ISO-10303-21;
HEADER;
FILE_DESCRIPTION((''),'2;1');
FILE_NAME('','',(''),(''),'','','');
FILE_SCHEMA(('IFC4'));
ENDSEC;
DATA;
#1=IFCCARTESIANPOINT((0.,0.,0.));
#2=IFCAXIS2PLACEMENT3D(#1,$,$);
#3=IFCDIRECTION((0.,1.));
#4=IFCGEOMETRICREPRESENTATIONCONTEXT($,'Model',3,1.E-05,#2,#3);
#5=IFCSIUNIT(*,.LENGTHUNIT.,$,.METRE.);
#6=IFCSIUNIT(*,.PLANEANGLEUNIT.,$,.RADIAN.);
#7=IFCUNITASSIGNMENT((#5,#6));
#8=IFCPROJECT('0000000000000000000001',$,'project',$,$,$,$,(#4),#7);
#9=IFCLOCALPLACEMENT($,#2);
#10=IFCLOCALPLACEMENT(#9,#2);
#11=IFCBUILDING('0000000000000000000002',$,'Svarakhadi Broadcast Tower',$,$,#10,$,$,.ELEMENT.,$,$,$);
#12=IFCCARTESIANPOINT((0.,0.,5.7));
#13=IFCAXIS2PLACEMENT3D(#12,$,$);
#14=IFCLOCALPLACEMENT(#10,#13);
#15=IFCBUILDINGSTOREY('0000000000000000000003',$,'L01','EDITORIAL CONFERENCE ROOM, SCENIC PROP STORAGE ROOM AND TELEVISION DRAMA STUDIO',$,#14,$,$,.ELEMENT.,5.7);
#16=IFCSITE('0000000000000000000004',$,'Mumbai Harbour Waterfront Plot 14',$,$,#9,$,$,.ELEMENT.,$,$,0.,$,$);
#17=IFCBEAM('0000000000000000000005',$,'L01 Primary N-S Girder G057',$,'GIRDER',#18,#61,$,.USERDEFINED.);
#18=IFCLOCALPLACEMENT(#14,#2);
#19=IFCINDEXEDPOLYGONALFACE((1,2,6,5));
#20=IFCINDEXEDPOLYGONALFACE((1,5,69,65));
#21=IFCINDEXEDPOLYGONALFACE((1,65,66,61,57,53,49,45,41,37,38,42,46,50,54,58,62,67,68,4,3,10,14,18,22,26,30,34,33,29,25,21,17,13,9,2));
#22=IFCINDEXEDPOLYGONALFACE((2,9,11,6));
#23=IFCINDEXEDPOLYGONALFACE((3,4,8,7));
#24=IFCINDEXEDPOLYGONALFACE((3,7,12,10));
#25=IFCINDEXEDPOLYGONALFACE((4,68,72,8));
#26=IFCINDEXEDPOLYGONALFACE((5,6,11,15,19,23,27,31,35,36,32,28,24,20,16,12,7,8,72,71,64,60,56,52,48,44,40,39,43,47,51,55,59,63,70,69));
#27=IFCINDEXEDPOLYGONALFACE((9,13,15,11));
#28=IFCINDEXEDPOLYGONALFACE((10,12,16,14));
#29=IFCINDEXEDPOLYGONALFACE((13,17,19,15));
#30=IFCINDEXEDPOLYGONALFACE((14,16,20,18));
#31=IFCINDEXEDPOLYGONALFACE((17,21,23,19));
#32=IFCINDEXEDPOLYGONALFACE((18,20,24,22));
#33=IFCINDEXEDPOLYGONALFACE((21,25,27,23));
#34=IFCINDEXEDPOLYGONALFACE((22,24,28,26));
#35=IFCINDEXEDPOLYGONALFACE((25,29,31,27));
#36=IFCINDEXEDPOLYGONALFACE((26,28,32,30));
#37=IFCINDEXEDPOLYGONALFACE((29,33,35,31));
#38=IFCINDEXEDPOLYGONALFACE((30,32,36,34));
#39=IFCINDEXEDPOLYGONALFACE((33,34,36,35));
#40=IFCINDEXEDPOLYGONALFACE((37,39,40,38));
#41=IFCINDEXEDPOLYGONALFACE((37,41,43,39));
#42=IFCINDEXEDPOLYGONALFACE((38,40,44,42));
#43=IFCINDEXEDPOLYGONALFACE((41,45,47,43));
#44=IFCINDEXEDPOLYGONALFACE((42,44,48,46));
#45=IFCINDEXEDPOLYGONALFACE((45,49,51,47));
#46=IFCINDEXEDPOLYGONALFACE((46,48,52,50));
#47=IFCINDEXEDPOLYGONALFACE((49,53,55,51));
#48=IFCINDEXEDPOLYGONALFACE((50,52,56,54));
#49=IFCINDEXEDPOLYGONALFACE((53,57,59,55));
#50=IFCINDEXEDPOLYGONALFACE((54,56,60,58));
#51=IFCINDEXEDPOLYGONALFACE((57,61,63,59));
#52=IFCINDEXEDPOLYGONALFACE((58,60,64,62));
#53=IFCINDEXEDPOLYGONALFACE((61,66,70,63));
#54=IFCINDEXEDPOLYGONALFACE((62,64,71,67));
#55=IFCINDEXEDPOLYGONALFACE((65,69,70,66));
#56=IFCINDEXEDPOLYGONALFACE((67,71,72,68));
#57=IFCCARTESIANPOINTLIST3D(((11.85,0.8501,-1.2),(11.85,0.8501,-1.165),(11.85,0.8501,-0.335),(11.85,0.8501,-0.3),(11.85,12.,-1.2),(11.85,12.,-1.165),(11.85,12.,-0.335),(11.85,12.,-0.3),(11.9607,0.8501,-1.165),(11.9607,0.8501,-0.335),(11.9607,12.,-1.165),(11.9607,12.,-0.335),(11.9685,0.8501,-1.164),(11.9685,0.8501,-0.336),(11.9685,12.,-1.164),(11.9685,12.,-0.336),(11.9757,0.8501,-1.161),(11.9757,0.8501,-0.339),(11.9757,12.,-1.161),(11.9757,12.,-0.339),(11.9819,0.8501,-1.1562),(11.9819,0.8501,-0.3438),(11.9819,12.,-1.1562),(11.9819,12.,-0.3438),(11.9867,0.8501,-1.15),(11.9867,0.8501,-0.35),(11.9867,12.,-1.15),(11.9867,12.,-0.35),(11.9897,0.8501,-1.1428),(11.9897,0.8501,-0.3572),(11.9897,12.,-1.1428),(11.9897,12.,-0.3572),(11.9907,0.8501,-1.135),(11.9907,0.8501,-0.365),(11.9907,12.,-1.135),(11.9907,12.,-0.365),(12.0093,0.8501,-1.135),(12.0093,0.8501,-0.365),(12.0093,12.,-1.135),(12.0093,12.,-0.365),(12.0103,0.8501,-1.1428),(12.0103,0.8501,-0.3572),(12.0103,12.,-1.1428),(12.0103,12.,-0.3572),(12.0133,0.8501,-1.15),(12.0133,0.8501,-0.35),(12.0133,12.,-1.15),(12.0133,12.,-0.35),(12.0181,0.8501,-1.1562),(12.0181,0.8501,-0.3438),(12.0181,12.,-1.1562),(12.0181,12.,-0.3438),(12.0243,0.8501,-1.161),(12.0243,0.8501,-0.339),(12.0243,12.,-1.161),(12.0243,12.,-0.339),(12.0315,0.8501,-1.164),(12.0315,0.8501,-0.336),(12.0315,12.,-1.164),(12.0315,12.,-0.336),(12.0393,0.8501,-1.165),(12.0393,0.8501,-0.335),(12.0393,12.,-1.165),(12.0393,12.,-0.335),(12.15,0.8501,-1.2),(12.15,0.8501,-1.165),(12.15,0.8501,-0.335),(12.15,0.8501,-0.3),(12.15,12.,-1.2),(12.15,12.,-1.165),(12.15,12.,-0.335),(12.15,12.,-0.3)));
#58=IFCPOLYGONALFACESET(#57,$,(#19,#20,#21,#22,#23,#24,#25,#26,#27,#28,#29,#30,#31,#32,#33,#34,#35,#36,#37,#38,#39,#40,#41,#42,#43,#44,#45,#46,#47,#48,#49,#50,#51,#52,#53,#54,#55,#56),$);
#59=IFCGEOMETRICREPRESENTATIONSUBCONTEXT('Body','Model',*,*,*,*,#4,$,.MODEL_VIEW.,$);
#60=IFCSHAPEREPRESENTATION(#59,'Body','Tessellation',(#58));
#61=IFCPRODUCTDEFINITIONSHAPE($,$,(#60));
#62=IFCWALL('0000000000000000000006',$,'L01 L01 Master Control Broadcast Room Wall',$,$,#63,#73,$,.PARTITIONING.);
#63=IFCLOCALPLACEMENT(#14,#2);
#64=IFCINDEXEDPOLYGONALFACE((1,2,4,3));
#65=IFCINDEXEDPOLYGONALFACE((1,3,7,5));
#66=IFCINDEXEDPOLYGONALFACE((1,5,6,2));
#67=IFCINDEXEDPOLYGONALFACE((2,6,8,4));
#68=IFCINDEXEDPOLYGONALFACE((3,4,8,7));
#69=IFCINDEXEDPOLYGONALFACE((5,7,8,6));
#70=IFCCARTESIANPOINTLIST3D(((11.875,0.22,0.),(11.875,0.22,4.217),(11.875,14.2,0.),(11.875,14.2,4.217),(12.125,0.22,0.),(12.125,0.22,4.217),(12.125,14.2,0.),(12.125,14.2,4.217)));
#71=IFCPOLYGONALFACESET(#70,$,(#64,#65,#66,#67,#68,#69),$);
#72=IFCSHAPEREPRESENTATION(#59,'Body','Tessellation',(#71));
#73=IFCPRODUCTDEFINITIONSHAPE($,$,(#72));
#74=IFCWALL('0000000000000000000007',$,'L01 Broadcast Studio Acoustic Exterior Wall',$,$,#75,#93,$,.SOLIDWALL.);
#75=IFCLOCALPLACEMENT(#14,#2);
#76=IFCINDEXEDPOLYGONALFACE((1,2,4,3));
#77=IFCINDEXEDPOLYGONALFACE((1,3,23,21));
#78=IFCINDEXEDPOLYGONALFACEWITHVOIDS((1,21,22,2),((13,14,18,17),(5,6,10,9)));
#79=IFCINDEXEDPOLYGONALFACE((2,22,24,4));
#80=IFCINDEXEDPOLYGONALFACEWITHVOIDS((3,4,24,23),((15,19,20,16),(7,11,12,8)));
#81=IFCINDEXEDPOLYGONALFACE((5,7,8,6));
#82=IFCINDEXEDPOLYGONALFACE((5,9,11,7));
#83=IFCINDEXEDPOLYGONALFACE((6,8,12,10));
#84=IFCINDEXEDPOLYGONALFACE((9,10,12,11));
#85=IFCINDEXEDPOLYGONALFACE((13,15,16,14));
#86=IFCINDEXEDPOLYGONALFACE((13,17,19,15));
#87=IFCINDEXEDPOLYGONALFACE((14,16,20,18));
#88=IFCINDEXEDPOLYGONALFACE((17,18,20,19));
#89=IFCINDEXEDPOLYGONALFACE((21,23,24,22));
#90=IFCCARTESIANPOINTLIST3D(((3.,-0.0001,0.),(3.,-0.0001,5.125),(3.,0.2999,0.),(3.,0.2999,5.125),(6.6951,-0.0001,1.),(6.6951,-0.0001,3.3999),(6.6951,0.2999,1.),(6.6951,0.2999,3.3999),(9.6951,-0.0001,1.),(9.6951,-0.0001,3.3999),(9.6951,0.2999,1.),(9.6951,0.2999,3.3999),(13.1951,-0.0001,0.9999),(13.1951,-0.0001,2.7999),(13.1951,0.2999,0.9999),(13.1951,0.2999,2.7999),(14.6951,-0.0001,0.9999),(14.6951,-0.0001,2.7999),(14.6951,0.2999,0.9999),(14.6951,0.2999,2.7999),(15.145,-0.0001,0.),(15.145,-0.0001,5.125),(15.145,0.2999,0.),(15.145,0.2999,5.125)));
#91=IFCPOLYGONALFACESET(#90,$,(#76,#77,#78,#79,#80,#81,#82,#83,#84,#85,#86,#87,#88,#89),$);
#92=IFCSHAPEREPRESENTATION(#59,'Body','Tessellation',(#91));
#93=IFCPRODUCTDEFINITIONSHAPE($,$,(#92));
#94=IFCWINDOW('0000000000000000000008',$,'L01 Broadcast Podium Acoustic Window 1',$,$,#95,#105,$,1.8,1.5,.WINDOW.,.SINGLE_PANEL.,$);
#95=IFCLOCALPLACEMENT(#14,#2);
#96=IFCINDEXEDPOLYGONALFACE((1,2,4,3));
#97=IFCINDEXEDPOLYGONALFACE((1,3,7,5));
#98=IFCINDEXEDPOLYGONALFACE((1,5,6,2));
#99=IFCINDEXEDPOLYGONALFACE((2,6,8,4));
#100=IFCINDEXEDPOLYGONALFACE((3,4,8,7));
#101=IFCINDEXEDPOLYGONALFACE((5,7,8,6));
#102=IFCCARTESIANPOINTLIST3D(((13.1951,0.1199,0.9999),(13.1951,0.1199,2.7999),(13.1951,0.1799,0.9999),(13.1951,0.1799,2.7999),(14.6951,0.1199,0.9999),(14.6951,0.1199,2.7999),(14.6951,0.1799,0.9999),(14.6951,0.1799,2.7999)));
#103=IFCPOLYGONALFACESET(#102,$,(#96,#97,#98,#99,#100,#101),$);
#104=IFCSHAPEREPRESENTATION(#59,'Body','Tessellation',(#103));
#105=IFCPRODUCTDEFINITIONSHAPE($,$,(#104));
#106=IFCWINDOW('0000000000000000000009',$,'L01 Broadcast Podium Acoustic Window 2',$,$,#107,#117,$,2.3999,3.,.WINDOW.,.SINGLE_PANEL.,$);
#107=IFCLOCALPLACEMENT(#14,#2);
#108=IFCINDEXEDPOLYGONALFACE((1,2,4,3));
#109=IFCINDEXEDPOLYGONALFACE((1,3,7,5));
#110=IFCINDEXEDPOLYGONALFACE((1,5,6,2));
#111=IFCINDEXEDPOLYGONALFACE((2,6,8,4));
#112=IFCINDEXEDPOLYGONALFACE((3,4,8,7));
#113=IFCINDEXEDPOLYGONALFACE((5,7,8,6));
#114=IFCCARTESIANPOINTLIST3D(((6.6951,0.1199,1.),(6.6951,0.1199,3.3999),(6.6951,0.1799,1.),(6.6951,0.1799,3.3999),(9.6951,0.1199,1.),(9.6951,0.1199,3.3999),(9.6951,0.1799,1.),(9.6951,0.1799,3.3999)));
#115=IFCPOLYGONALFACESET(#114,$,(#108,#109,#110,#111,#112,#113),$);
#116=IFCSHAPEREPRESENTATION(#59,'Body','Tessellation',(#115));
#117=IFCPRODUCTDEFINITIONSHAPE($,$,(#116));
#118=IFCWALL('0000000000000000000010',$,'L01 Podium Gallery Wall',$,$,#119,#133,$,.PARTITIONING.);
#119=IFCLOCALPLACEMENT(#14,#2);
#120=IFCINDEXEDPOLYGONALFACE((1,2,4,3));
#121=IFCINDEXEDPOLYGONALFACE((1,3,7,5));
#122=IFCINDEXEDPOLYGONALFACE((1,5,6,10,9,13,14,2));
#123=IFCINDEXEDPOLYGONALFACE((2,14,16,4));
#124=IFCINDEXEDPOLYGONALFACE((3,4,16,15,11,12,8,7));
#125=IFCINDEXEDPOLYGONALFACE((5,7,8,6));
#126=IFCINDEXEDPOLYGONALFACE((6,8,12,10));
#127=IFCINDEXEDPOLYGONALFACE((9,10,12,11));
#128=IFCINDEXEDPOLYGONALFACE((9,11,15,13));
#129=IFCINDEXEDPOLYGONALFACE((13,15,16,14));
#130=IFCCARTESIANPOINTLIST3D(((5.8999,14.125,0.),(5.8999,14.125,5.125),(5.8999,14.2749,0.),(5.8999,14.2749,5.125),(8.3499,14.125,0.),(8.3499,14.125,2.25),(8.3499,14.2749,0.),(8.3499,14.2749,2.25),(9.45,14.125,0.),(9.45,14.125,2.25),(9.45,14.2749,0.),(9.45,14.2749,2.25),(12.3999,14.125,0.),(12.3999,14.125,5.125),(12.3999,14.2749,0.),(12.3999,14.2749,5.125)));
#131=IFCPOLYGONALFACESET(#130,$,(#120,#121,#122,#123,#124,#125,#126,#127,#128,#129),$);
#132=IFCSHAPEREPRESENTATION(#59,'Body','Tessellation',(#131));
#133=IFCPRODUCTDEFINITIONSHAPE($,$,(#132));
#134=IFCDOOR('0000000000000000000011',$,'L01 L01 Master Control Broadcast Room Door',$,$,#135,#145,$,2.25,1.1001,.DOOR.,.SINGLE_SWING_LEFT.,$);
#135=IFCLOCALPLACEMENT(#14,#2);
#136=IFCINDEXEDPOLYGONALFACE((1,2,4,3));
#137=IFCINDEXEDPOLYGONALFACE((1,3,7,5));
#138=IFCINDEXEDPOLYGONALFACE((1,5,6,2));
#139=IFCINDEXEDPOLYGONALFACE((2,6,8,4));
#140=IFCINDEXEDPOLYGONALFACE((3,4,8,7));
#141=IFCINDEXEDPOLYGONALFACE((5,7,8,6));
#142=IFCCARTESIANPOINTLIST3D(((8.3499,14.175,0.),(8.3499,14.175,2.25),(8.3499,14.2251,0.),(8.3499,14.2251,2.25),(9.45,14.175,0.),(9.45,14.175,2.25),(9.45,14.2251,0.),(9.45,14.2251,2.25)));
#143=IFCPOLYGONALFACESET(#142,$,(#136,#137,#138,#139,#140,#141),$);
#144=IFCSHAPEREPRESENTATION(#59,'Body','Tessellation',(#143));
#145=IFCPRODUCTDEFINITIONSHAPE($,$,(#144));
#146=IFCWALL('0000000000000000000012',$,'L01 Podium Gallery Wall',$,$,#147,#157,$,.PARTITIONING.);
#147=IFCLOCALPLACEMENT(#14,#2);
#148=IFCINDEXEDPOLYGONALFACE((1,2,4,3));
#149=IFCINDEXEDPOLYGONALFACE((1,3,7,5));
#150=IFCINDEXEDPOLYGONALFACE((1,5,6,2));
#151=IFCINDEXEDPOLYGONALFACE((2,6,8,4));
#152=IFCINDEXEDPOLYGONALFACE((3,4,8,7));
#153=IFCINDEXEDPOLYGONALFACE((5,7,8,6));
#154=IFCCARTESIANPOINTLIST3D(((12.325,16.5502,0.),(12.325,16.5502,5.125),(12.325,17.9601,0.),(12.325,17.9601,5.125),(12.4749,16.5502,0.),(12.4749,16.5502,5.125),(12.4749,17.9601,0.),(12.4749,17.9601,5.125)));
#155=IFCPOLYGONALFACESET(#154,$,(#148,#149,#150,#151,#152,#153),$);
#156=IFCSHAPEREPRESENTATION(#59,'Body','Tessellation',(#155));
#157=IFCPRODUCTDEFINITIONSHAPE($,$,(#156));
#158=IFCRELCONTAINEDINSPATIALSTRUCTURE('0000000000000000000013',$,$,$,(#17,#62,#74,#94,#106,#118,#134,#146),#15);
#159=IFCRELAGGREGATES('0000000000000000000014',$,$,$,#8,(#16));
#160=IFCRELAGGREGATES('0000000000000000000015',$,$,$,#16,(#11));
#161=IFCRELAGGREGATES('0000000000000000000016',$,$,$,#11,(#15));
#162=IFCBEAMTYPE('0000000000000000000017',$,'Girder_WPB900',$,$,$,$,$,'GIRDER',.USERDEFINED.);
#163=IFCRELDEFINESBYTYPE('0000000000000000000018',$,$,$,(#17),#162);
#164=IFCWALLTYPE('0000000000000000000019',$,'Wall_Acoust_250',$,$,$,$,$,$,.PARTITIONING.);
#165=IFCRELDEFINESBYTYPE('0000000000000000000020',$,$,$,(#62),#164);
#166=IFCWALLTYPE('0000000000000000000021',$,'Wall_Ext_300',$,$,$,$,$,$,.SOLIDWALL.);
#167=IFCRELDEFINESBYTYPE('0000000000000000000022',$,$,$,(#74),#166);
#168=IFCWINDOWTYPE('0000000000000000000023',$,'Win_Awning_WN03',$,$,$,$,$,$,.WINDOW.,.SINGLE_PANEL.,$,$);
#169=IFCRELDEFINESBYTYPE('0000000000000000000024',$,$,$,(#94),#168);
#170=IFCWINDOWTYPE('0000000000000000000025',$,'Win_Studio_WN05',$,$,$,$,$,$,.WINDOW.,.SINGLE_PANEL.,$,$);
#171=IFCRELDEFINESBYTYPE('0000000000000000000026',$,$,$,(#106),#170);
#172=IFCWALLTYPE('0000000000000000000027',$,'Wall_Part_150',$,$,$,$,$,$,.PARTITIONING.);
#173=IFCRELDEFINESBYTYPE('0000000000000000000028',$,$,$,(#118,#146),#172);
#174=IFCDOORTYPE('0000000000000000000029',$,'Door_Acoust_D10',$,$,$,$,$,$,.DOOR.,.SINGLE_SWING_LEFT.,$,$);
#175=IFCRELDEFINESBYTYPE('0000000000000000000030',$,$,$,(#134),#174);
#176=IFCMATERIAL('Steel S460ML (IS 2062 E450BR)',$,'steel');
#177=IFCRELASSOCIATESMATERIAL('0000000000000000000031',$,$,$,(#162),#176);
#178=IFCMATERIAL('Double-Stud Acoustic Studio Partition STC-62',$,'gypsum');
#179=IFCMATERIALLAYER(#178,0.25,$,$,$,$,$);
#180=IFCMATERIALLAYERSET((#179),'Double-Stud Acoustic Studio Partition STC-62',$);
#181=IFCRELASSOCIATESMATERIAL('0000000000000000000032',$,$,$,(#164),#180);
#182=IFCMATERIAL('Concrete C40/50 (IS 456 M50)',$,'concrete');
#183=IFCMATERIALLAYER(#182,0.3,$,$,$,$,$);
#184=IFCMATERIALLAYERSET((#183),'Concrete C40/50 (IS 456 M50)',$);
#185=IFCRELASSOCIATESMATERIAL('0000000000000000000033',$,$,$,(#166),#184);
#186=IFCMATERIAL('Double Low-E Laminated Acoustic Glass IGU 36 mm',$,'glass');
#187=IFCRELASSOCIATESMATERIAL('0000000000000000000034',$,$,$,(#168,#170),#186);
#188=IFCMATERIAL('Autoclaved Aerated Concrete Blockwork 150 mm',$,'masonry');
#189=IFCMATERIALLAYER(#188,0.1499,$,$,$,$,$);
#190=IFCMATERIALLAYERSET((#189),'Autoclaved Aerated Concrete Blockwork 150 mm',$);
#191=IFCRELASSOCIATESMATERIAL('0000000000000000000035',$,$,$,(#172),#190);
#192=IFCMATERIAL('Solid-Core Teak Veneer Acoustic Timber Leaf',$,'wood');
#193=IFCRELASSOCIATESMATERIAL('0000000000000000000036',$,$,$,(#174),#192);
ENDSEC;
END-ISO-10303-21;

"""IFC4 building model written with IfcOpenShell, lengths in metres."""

from ifc_helpers import new_model, si_unit, direction, frame, frame_2d, origin, origin_2d, place, context, subcontext, project, spatial, rectangle, i_section, extrude, material, layer, layer_set, material_profile, profile_set, type_object, element, fill, save


model = new_model("IFC4")

# Units and contexts
model_context = context("Model", 3, precision=1e-05, world=origin(), true_north=direction((0.0, 1.0)))
body_context = subcontext(model_context, "Body", "Model", "MODEL_VIEW")
ifc_project = project(units=[si_unit("LENGTHUNIT", "METRE"), si_unit("PLANEANGLEUNIT", "RADIAN")], contexts=[model_context])

# Site, building, storey
site_placement = place(None, origin())
site = spatial("IfcSite", under=ifc_project, at=site_placement, Name="Mumbai Harbour Waterfront Plot 14", CompositionType="ELEMENT", RefElevation=0.0)
building_placement = place(site_placement, origin())
building = spatial("IfcBuilding", under=site, at=building_placement, Name="Svarakhadi Broadcast Tower", CompositionType="ELEMENT")
storey_placement = place(building_placement, frame((0.0, 0.0, 5.7)))
storey = spatial("IfcBuildingStorey", under=building, at=storey_placement, Name="L01", Description="EDITORIAL CONFERENCE ROOM, SCENIC PROP STORAGE ROOM AND TELEVISION DRAMA STUDIO", CompositionType="ELEMENT", Elevation=5.7)

# Shared definitions
ifc_material_1 = material(Name="Steel S460ML (IS 2062 E450BR)", Category="steel")

# Beam
ifc_material_profile_1 = material_profile(ifc_material_1, i_section(OverallWidth=0.3, OverallDepth=0.8999, WebThickness=0.0186, FlangeThickness=0.0349, FilletRadius=0.03, at=origin_2d()), Name="WPB 900x300x291")
ifc_profile_set_1 = profile_set([ifc_material_profile_1], Name="Steel S460ML (IS 2062 E450BR)")
beam_type_1 = type_object("IfcBeamType", Name="Girder_WPB900", ElementType="GIRDER", PredefinedType="USERDEFINED", material=ifc_profile_set_1)
beam_1_placement = place(storey_placement, frame((12.0, 0.8501, -0.75), z_axis=(0.0, 1.0, 0.0), x_axis=(-1.0, 0.0, 0.0)))
element("IfcBeam", 1, at=beam_1_placement, inside=storey, type_object=beam_type_1, Name="L01 Primary N-S Girder G057", ObjectType="GIRDER", PredefinedType="USERDEFINED", context=body_context, shape_type="SweptSolid", body=[
    extrude(i_section(OverallWidth=0.3, OverallDepth=0.8999, WebThickness=0.0186, FlangeThickness=0.0349, FilletRadius=0.03, at=origin_2d()), origin(), (0.0, 0.0, 1.0), 11.1499),
])

# Wall
ifc_material_2 = material(Name="Double-Stud Acoustic Studio Partition STC-62", Category="gypsum")
ifc_layer_1 = layer(ifc_material_2, 0.25)
ifc_layer_set_1 = layer_set([ifc_layer_1], Name="Double-Stud Acoustic Studio Partition STC-62")
wall_type_1 = type_object("IfcWallType", Name="Wall_Acoust_250", PredefinedType="PARTITIONING", material=ifc_layer_set_1)
wall_1_placement = place(storey_placement, frame((12.0, 0.22, 0.0), z_axis=(0.0, 0.0, 1.0), x_axis=(0.0, 1.0, 0.0)))
element("IfcWall", 2, at=wall_1_placement, inside=storey, type_object=wall_type_1, Name="L01 L01 Master Control Broadcast Room Wall", PredefinedType="PARTITIONING", context=body_context, shape_type="SweptSolid", body=[
    extrude(rectangle(XDim=13.98, YDim=0.25, at=frame_2d((6.99, 0.0))), origin(), (0.0, 0.0, 1.0), 4.217),
])

# Wall, openings, windows
ifc_material_3 = material(Name="Concrete C40/50 (IS 456 M50)", Category="concrete")
ifc_layer_2 = layer(ifc_material_3, 0.3)
ifc_layer_set_2 = layer_set([ifc_layer_2], Name="Concrete C40/50 (IS 456 M50)")
wall_type_2 = type_object("IfcWallType", Name="Wall_Ext_300", PredefinedType="SOLIDWALL", material=ifc_layer_set_2)
wall_2_placement = place(storey_placement, frame((15.145, 0.1499, 0.0), z_axis=(0.0, 0.0, 1.0), x_axis=(-1.0, 0.0, 0.0)))
wall_2 = element("IfcWall", 3, at=wall_2_placement, inside=storey, type_object=wall_type_2, Name="L01 Broadcast Studio Acoustic Exterior Wall", PredefinedType="SOLIDWALL", context=body_context, shape_type="SweptSolid", body=[
    extrude(rectangle(XDim=12.145, YDim=0.3, at=frame_2d((6.0725, 0.0))), origin(), (0.0, 0.0, 1.0), 5.125),
])
opening_1_placement = place(wall_2_placement, frame((0.45, 0.0, 1.0)))
opening_1 = element("IfcOpeningElement", 4, at=opening_1_placement, cuts=wall_2, PredefinedType="OPENING", context=body_context, shape_type="SweptSolid", body=[
    extrude(rectangle(XDim=1.5, YDim=1.8, at=frame_2d((0.75, 0.8999))), frame((0.0, 0.1599, 0.0), z_axis=(0.0, -1.0, 0.0), x_axis=(1.0, 0.0, 0.0)), (0.0, 0.0, 1.0), 0.3201),
])
opening_2_placement = place(wall_2_placement, frame((5.45, 0.0, 1.0)))
opening_2 = element("IfcOpeningElement", 5, at=opening_2_placement, cuts=wall_2, PredefinedType="OPENING", context=body_context, shape_type="SweptSolid", body=[
    extrude(rectangle(XDim=3.0, YDim=2.3999, at=frame_2d((1.5, 1.2))), frame((0.0, 0.1599, 0.0), z_axis=(0.0, -1.0, 0.0), x_axis=(1.0, 0.0, 0.0)), (0.0, 0.0, 1.0), 0.3201),
])
ifc_material_4 = material(Name="Double Low-E Laminated Acoustic Glass IGU 36 mm", Category="glass")
window_type_1 = type_object("IfcWindowType", Name="Win_Awning_WN03", PartitioningType="SINGLE_PANEL", PredefinedType="WINDOW", material=ifc_material_4)
window_1_placement = place(opening_1_placement, origin())
window_1 = element("IfcWindow", 6, at=window_1_placement, inside=storey, type_object=window_type_1, Name="L01 Broadcast Podium Acoustic Window 1", OverallHeight=1.8, OverallWidth=1.5, PartitioningType="SINGLE_PANEL", PredefinedType="WINDOW", context=body_context, shape_type="SweptSolid", body=[
    extrude(rectangle(XDim=1.5, YDim=1.8, at=frame_2d((0.75, 0.8999))), frame((0.0, 0.03, 0.0), z_axis=(0.0, -1.0, 0.0), x_axis=(1.0, 0.0, 0.0)), (0.0, 0.0, 1.0), 0.0601),
])
fill(opening_1, window_1)
window_type_2 = type_object("IfcWindowType", Name="Win_Studio_WN05", PartitioningType="SINGLE_PANEL", PredefinedType="WINDOW", material=ifc_material_4)
window_2_placement = place(opening_2_placement, origin())
window_2 = element("IfcWindow", 7, at=window_2_placement, inside=storey, type_object=window_type_2, Name="L01 Broadcast Podium Acoustic Window 2", OverallHeight=2.3999, OverallWidth=3.0, PartitioningType="SINGLE_PANEL", PredefinedType="WINDOW", context=body_context, shape_type="SweptSolid", body=[
    extrude(rectangle(XDim=3.0, YDim=2.3999, at=frame_2d((1.5, 1.2))), frame((0.0, 0.03, 0.0), z_axis=(0.0, -1.0, 0.0), x_axis=(1.0, 0.0, 0.0)), (0.0, 0.0, 1.0), 0.0601),
])
fill(opening_2, window_2)

# Wall, opening, door
ifc_material_5 = material(Name="Autoclaved Aerated Concrete Blockwork 150 mm", Category="masonry")
ifc_layer_3 = layer(ifc_material_5, 0.1499)
ifc_layer_set_3 = layer_set([ifc_layer_3], Name="Autoclaved Aerated Concrete Blockwork 150 mm")
wall_type_3 = type_object("IfcWallType", Name="Wall_Part_150", PredefinedType="PARTITIONING", material=ifc_layer_set_3)
wall_3_placement = place(storey_placement, frame((12.3999, 14.2, 0.0), z_axis=(0.0, 0.0, 1.0), x_axis=(-1.0, 0.0, 0.0)))
wall_3 = element("IfcWall", 8, at=wall_3_placement, inside=storey, type_object=wall_type_3, Name="L01 Podium Gallery Wall", PredefinedType="PARTITIONING", context=body_context, shape_type="SweptSolid", body=[
    extrude(rectangle(XDim=6.5, YDim=0.1499, at=frame_2d((3.25, 0.0))), origin(), (0.0, 0.0, 1.0), 5.125),
])
opening_3_placement = place(wall_3_placement, frame((2.95, 0.0, 0.0)))
opening_3 = element("IfcOpeningElement", 9, at=opening_3_placement, cuts=wall_3, PredefinedType="OPENING", context=body_context, shape_type="SweptSolid", body=[
    extrude(rectangle(XDim=1.1001, YDim=2.25, at=frame_2d((0.55, 1.125))), frame((0.0, 0.085, 0.0), z_axis=(0.0, -1.0, 0.0), x_axis=(1.0, 0.0, 0.0)), (0.0, 0.0, 1.0), 0.1699),
])
ifc_material_6 = material(Name="Solid-Core Teak Veneer Acoustic Timber Leaf", Category="wood")
door_type_1 = type_object("IfcDoorType", Name="Door_Acoust_D10", OperationType="SINGLE_SWING_LEFT", PredefinedType="DOOR", material=ifc_material_6)
door_1_placement = place(opening_3_placement, origin())
door_1 = element("IfcDoor", 10, at=door_1_placement, inside=storey, type_object=door_type_1, Name="L01 L01 Master Control Broadcast Room Door", OperationType="SINGLE_SWING_LEFT", OverallHeight=2.25, OverallWidth=1.1001, PredefinedType="DOOR", context=body_context, shape_type="SweptSolid", body=[
    extrude(rectangle(XDim=1.1001, YDim=2.25, at=frame_2d((0.55, 1.125))), frame((0.0, 0.0249, 0.0), z_axis=(0.0, -1.0, 0.0), x_axis=(1.0, 0.0, 0.0)), (0.0, 0.0, 1.0), 0.05),
])
fill(opening_3, door_1)

# Wall
wall_4_placement = place(storey_placement, frame((12.3999, 16.55, 0.0), z_axis=(0.0, 0.0, 1.0), x_axis=(0.0, 1.0, 0.0)))
element("IfcWall", 11, at=wall_4_placement, inside=storey, type_object=wall_type_3, Name="L01 Podium Gallery Wall", PredefinedType="PARTITIONING", context=body_context, shape_type="SweptSolid", body=[
    extrude(rectangle(XDim=1.4099, YDim=0.1499, at=frame_2d((0.7051, 0.0))), origin(), (0.0, 0.0, 1.0), 5.125),
])

save(model, "model.ifc")
